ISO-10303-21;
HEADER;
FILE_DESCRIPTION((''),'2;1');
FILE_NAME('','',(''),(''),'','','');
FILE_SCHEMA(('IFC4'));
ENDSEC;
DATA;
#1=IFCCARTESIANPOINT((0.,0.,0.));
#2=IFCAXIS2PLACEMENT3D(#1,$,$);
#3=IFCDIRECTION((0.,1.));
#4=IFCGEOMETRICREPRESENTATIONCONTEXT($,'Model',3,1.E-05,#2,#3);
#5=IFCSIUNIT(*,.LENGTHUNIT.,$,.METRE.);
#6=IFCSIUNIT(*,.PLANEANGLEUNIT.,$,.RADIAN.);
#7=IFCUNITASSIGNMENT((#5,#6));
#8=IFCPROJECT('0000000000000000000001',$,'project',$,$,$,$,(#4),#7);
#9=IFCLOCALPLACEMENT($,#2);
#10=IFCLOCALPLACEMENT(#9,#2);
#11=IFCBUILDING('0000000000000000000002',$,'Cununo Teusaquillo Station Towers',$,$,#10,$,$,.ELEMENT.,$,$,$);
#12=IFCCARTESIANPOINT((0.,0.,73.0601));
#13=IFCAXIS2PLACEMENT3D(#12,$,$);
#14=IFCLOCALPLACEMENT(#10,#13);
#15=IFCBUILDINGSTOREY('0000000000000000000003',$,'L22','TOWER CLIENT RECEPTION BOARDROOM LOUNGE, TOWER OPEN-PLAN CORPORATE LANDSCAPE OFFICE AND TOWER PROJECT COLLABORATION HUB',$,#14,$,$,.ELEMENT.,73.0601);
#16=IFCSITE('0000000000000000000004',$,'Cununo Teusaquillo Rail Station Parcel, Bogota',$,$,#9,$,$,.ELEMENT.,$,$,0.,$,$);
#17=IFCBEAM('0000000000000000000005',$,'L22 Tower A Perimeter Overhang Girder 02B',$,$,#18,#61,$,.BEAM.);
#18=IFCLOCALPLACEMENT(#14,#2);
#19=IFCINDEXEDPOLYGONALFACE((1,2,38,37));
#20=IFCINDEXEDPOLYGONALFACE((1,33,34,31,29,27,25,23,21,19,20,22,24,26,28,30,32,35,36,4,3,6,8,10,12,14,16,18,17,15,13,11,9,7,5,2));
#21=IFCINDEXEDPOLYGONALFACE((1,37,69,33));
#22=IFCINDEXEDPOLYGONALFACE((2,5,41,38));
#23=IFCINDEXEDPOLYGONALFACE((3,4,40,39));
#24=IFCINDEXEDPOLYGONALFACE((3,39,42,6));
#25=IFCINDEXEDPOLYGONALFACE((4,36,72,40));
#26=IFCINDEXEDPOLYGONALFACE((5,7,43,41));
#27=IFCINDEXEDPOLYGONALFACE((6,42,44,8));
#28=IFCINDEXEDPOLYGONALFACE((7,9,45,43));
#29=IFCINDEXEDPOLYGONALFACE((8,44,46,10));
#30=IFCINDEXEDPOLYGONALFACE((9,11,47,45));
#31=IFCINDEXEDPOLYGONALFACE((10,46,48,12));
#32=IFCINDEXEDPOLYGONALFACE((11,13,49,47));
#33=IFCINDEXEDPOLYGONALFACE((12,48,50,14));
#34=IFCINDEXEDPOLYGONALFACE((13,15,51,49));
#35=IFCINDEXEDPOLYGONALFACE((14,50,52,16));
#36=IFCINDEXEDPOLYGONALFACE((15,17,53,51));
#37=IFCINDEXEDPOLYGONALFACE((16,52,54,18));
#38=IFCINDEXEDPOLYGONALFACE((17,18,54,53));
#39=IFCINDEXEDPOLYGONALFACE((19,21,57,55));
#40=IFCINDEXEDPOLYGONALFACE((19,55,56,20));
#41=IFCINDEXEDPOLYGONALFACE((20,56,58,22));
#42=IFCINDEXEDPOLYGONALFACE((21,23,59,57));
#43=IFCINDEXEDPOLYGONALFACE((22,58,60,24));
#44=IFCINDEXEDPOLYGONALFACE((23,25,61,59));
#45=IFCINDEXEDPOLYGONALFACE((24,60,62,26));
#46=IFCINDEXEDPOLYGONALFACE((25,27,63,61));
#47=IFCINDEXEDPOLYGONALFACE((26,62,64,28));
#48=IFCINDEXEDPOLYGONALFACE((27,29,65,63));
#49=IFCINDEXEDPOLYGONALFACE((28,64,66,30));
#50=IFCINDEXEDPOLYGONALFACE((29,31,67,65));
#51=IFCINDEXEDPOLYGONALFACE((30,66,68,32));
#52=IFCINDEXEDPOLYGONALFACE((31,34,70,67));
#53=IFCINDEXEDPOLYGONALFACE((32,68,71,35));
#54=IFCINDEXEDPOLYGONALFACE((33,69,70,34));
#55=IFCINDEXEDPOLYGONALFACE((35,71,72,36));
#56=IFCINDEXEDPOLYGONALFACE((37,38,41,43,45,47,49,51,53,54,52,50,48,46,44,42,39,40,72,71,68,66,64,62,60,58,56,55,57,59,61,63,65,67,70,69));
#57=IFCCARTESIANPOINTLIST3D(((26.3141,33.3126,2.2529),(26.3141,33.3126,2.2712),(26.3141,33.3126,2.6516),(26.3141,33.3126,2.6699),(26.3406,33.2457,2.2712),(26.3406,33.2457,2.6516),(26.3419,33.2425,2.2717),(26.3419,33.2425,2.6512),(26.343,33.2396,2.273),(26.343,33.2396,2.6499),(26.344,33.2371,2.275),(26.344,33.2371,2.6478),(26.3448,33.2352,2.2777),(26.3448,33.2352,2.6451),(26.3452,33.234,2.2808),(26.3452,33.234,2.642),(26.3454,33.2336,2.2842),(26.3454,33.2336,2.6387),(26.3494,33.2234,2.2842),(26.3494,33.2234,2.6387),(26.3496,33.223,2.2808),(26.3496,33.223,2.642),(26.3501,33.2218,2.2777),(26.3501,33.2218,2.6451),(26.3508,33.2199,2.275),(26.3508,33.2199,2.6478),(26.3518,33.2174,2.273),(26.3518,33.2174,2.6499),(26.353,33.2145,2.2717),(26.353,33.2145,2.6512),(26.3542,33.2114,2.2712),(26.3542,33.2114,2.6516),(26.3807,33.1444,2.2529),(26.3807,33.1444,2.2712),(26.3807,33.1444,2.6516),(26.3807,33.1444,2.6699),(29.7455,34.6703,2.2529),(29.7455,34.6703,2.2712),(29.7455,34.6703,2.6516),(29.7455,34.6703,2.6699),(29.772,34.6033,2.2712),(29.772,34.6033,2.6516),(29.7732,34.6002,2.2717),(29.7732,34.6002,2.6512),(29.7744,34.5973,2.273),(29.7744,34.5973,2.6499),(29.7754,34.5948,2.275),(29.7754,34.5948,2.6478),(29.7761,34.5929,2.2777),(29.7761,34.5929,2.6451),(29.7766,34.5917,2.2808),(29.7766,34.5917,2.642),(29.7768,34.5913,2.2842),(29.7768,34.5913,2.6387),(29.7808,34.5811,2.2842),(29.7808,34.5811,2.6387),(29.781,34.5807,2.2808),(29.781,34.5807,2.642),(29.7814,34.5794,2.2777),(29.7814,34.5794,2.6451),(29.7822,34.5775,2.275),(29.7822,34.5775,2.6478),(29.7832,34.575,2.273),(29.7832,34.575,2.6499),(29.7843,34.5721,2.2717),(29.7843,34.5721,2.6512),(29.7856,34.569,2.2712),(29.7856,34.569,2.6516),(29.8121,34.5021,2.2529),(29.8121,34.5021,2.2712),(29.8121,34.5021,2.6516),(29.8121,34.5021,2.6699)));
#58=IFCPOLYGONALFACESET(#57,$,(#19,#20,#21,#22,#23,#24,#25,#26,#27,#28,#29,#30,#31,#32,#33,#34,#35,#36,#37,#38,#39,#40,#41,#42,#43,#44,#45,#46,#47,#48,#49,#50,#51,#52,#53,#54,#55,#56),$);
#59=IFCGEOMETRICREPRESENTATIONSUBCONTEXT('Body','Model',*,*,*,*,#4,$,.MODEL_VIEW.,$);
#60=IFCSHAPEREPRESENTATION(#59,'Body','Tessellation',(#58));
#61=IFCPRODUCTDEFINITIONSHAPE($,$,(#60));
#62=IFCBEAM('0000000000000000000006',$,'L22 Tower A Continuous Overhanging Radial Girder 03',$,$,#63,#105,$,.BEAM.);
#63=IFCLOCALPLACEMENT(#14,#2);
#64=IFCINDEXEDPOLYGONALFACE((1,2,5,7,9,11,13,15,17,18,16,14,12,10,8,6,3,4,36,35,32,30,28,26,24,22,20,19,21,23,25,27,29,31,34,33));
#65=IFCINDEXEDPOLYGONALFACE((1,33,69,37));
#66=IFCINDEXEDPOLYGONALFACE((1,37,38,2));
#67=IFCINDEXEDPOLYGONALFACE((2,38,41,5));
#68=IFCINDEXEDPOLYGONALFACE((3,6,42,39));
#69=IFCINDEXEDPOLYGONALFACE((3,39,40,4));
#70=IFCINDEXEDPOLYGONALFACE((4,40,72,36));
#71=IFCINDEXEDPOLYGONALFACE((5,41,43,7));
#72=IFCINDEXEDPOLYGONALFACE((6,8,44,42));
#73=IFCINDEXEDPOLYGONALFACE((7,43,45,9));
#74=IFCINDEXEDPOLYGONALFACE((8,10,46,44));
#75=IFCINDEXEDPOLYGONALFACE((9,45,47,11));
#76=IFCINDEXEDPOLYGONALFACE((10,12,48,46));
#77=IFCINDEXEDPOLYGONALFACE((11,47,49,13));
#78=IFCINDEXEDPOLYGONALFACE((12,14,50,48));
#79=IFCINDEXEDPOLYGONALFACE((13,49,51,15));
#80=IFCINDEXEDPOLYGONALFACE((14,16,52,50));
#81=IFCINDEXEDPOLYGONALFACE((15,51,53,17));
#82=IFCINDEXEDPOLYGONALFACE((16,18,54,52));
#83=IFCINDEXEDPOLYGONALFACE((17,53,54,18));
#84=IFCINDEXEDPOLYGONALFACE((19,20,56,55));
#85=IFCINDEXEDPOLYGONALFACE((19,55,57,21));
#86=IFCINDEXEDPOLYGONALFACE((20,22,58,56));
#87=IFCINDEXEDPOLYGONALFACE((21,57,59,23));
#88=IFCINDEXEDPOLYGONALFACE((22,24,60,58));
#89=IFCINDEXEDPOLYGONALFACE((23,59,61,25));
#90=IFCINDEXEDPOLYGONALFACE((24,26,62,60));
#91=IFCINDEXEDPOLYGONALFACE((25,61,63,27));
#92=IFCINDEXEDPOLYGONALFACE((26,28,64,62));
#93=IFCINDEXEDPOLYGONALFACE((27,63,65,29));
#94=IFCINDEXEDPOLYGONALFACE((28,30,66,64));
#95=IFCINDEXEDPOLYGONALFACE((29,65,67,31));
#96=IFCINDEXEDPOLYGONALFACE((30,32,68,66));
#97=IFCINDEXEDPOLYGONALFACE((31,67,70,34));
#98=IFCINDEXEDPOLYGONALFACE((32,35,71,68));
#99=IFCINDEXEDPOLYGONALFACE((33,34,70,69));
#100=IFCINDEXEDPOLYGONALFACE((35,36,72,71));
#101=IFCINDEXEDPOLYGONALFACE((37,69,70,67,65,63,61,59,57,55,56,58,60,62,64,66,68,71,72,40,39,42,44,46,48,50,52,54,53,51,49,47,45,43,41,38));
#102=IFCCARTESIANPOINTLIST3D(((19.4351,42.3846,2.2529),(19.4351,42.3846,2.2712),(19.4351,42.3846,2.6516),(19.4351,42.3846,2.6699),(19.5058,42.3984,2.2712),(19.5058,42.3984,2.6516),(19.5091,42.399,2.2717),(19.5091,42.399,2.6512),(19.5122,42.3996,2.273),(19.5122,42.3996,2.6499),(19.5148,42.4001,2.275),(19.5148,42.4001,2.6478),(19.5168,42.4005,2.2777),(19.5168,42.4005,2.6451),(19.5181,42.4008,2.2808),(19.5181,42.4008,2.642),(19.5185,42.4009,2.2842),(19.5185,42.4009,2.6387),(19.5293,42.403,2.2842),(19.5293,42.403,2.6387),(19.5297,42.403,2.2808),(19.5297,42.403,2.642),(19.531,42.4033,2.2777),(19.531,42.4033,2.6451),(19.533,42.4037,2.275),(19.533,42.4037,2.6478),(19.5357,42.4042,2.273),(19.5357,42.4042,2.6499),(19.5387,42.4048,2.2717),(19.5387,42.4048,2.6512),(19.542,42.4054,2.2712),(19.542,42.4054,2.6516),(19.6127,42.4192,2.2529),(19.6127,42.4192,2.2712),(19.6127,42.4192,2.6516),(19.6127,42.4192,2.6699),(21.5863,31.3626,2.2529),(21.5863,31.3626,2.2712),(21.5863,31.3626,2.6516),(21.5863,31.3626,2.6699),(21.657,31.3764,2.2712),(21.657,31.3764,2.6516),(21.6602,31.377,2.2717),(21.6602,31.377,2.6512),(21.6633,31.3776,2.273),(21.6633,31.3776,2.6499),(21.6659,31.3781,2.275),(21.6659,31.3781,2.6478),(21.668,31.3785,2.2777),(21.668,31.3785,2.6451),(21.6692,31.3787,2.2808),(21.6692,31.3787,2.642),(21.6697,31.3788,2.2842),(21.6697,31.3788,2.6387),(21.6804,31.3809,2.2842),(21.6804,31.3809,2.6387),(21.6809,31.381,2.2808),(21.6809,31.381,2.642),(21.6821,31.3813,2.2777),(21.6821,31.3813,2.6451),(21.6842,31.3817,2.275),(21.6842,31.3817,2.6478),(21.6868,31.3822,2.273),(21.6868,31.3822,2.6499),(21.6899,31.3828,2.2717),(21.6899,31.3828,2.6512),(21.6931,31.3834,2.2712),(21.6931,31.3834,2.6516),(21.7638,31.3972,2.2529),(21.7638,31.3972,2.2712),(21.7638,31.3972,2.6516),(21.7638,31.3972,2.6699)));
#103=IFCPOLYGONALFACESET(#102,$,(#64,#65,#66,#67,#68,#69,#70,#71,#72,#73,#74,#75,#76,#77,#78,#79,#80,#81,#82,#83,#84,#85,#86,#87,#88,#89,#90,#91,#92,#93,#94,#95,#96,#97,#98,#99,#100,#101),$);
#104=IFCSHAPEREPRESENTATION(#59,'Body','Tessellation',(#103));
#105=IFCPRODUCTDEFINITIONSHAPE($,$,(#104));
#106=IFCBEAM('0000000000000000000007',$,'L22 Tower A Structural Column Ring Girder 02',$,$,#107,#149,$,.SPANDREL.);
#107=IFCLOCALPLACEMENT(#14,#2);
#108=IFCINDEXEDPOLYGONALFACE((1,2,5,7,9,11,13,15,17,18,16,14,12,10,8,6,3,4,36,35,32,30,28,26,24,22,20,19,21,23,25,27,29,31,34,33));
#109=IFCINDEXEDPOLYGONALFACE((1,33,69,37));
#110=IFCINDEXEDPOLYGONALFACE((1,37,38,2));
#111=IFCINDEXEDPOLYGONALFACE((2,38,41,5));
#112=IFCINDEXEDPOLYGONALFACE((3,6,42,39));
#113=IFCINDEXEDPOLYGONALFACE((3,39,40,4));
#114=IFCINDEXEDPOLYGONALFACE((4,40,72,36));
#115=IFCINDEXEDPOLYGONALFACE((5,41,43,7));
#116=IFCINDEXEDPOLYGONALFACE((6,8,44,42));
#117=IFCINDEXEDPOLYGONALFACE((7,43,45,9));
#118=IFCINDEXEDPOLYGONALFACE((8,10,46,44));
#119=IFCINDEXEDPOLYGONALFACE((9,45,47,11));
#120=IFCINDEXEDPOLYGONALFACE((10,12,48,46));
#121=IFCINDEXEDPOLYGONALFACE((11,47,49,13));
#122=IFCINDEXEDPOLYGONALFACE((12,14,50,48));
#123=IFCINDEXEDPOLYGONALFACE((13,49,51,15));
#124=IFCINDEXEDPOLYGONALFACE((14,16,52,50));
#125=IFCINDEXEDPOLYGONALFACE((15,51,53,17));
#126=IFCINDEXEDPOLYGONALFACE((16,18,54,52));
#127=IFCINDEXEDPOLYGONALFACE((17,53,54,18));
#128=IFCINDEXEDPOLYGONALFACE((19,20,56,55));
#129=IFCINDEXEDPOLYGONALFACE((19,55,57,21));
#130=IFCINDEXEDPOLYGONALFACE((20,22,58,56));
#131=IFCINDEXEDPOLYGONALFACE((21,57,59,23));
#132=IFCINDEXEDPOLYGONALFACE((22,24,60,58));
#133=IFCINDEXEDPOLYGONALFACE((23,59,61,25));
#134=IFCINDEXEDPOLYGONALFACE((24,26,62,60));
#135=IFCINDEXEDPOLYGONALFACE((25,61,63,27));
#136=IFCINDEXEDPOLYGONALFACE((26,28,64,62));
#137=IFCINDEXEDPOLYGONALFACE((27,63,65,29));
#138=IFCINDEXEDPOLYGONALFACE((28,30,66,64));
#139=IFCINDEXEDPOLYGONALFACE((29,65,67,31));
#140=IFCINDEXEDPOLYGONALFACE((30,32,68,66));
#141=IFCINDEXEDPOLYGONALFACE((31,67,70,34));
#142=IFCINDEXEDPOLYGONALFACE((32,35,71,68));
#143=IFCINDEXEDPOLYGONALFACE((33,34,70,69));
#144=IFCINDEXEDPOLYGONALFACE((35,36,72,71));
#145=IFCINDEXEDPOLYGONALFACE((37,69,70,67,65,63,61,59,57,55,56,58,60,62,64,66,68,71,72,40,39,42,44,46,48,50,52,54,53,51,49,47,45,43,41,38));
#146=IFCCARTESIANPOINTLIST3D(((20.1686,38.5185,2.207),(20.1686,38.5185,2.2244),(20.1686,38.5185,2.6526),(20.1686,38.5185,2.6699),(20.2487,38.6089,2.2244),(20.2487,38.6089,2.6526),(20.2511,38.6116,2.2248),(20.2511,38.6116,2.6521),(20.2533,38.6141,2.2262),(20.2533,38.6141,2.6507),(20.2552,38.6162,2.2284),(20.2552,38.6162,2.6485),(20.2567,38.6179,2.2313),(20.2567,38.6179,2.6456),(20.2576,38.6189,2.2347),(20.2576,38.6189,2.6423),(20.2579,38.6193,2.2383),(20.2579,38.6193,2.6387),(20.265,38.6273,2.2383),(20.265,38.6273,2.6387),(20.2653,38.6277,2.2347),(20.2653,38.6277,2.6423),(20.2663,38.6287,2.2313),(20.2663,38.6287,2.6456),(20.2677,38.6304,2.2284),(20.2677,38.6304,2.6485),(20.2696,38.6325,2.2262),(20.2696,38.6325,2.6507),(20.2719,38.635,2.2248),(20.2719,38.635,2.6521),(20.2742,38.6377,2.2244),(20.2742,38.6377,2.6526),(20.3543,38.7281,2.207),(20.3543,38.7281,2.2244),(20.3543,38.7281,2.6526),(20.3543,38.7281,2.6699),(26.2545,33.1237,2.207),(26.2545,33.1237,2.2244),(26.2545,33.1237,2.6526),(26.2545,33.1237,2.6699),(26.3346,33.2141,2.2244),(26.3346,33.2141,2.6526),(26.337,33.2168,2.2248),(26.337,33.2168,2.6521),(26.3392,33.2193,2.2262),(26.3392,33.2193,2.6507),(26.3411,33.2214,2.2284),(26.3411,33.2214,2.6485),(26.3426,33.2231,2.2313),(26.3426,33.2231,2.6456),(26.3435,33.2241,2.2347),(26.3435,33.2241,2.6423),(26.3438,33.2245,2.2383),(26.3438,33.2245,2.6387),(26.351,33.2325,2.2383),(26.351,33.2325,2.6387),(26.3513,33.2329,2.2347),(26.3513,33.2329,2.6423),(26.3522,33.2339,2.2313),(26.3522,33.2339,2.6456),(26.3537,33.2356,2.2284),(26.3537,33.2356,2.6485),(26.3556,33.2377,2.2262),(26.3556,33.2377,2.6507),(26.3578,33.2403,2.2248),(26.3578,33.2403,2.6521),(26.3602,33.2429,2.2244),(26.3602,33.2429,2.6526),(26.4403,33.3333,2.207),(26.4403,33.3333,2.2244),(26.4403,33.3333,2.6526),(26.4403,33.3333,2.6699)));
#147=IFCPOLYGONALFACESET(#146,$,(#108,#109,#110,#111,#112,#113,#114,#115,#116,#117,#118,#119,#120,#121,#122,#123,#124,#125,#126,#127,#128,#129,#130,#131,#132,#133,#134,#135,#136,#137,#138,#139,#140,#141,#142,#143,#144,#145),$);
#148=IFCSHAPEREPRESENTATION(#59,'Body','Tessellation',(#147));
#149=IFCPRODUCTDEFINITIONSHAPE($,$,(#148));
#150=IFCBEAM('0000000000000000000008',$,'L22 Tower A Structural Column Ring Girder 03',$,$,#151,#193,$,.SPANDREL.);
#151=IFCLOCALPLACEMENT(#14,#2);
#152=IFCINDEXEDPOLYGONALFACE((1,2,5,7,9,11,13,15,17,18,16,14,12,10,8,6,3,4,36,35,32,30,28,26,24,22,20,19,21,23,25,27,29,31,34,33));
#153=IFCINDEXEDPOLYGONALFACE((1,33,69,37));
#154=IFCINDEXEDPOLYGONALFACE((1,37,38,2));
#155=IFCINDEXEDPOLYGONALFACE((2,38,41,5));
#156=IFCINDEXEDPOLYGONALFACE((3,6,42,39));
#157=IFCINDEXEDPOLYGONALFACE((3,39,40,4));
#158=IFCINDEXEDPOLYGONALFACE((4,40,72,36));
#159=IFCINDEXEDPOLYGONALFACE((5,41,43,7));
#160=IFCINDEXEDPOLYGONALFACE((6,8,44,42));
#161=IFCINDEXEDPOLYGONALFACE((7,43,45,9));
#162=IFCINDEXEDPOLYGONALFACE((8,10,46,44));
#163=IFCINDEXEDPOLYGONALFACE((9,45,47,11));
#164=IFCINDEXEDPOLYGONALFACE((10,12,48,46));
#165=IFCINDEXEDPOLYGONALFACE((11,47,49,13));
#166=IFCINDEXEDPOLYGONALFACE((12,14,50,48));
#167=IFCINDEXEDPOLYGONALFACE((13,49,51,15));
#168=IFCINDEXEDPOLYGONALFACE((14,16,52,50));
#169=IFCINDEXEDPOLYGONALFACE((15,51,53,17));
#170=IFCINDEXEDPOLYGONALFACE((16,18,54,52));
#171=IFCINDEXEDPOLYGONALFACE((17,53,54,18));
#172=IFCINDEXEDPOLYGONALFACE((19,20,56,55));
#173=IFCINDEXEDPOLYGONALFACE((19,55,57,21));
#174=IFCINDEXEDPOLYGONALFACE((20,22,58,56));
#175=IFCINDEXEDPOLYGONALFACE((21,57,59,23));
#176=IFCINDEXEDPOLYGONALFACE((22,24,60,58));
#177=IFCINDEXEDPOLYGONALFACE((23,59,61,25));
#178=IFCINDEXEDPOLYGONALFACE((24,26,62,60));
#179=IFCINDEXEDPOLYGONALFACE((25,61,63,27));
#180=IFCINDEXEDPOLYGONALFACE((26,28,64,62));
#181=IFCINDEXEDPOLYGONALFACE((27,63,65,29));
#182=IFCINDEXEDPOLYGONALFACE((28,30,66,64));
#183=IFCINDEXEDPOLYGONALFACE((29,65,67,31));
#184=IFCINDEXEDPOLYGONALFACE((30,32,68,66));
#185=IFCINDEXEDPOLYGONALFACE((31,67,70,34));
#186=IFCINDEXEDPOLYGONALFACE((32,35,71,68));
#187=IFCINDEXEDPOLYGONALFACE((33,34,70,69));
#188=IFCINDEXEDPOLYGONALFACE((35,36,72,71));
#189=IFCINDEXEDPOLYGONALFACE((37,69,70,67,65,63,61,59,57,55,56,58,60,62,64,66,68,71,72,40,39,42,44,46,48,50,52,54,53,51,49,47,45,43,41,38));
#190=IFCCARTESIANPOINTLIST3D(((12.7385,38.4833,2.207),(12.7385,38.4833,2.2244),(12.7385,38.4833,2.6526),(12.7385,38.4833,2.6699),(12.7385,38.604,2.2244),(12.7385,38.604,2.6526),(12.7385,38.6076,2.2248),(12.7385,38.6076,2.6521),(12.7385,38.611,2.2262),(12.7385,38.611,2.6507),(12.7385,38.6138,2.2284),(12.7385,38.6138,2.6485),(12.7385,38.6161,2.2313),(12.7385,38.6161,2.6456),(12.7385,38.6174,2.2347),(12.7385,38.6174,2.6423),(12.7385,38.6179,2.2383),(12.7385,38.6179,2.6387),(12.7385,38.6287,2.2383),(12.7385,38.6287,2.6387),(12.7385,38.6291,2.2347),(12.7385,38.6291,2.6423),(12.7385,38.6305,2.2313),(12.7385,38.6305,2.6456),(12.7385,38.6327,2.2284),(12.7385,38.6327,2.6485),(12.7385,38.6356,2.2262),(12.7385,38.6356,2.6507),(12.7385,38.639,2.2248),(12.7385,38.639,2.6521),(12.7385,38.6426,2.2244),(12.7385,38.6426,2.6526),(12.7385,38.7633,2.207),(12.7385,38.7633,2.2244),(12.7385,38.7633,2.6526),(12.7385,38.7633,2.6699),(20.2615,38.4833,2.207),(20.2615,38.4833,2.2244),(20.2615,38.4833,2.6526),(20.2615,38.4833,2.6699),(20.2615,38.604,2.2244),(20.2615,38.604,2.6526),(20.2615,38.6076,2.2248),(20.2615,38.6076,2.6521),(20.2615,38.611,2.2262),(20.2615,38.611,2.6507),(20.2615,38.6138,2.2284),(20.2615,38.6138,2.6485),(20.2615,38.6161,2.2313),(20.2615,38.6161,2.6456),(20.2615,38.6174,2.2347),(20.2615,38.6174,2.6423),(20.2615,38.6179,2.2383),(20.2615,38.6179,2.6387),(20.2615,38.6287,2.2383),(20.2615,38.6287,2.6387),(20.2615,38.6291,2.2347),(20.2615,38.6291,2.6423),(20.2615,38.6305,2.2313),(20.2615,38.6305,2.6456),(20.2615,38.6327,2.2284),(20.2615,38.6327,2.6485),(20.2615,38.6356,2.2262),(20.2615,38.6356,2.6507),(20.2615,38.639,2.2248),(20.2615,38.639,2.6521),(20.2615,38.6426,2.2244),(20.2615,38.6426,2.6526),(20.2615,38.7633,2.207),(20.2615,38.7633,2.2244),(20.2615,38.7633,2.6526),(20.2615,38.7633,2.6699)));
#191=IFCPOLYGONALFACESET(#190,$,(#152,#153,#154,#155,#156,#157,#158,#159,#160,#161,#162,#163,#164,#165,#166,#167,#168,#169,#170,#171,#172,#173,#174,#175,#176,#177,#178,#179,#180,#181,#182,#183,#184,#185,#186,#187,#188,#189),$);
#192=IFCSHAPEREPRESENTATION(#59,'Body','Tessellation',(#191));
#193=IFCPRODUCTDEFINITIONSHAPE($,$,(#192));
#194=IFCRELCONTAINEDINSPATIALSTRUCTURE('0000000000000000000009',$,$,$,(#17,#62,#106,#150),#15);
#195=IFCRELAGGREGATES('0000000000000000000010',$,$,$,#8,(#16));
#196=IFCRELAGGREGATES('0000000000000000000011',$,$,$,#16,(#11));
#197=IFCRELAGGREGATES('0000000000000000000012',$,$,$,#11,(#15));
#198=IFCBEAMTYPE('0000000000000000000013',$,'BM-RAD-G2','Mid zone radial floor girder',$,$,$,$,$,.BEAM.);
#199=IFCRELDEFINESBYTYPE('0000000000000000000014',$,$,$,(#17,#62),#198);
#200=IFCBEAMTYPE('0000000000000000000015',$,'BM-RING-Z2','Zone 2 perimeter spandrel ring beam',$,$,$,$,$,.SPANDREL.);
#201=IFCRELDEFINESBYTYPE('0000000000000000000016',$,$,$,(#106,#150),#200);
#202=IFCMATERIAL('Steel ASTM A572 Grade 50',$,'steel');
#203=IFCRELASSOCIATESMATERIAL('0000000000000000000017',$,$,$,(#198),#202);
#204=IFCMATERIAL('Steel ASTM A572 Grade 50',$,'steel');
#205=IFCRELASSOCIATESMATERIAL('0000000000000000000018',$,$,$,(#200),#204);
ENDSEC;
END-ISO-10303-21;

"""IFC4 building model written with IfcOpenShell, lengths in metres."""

from ifc_helpers import new_model, si_unit, direction, frame, origin, origin_2d, place, context, subcontext, project, spatial, i_section, extrude, material, material_profile, profile_set, type_object, element, save


model = new_model("IFC4")

# Units and contexts
model_context = context("Model", 3, precision=1e-05, world=origin(), true_north=direction((0.0, 1.0)))
body_context = subcontext(model_context, "Body", "Model", "MODEL_VIEW")
ifc_project = project(units=[si_unit("LENGTHUNIT", "METRE"), si_unit("PLANEANGLEUNIT", "RADIAN")], contexts=[model_context])

# Site, building, storey
site_placement = place(None, origin())
site = spatial("IfcSite", under=ifc_project, at=site_placement, Name="Cununo Teusaquillo Rail Station Parcel, Bogota", CompositionType="ELEMENT", RefElevation=0.0)
building_placement = place(site_placement, origin())
building = spatial("IfcBuilding", under=site, at=building_placement, Name="Cununo Teusaquillo Station Towers", CompositionType="ELEMENT")
storey_placement = place(building_placement, frame((0.0, 0.0, 73.0601)))
storey = spatial("IfcBuildingStorey", under=building, at=storey_placement, Name="L22", Description="TOWER CLIENT RECEPTION BOARDROOM LOUNGE, TOWER OPEN-PLAN CORPORATE LANDSCAPE OFFICE AND TOWER PROJECT COLLABORATION HUB", CompositionType="ELEMENT", Elevation=73.0601)

# Beams
ifc_material_1 = material(Name="Steel ASTM A572 Grade 50", Category="steel")
ifc_material_profile_1 = material_profile(ifc_material_1, i_section(OverallWidth=0.1809, OverallDepth=0.417, WebThickness=0.011, FlangeThickness=0.0183, FilletRadius=0.0129, at=origin_2d()), Name="W16X57")
ifc_profile_set_1 = profile_set([ifc_material_profile_1], Name="Steel ASTM A572 Grade 50")
beam_type_1 = type_object("IfcBeamType", Name="BM-RAD-G2", Description="Mid zone radial floor girder", PredefinedType="BEAM", material=ifc_profile_set_1)
beam_1_placement = place(storey_placement, frame((26.3474, 33.2285, 2.4614), z_axis=(0.929862, 0.367909, 0.0), x_axis=(-0.367909, 0.929862, 0.0)))
element("IfcBeam", 1, at=beam_1_placement, inside=storey, type_object=beam_type_1, Name="L22 Tower A Perimeter Overhang Girder 02B", PredefinedType="BEAM", context=body_context, shape_type="SweptSolid", body=[
    extrude(i_section(OverallWidth=0.1809, OverallDepth=0.417, WebThickness=0.011, FlangeThickness=0.0183, FilletRadius=0.0129, at=origin_2d()), origin(), (0.0, 0.0, 1.0), 3.6902),
])
beam_2_placement = place(storey_placement, frame((21.675, 31.3799, 2.4614), z_axis=(-0.191553, 0.981482, 0.0), x_axis=(-0.981482, -0.191553, 0.0)))
element("IfcBeam", 2, at=beam_2_placement, inside=storey, type_object=beam_type_1, Name="L22 Tower A Continuous Overhanging Radial Girder 03", PredefinedType="BEAM", context=body_context, shape_type="SweptSolid", body=[
    extrude(i_section(OverallWidth=0.1809, OverallDepth=0.417, WebThickness=0.011, FlangeThickness=0.0183, FilletRadius=0.0129, at=origin_2d()), origin(), (0.0, 0.0, 1.0), 11.23),
])
ifc_material_2 = material(Name="Steel ASTM A572 Grade 50", Category="steel")
ifc_material_profile_2 = material_profile(ifc_material_2, i_section(OverallWidth=0.28, OverallDepth=0.4629, WebThickness=0.0107, FlangeThickness=0.0173, FilletRadius=0.0139, at=origin_2d()), Name="W18X76")
ifc_profile_set_2 = profile_set([ifc_material_profile_2], Name="Steel ASTM A572 Grade 50")
beam_type_2 = type_object("IfcBeamType", Name="BM-RING-Z2", Description="Zone 2 perimeter spandrel ring beam", PredefinedType="SPANDREL", material=ifc_profile_set_2)
beam_3_placement = place(storey_placement, frame((26.3474, 33.2285, 2.4385), z_axis=(-0.748321, 0.663337, 0.0), x_axis=(-0.663337, -0.748321, 0.0)))
element("IfcBeam", 3, at=beam_3_placement, inside=storey, type_object=beam_type_2, Name="L22 Tower A Structural Column Ring Girder 02", PredefinedType="SPANDREL", context=body_context, shape_type="SweptSolid", body=[
    extrude(i_section(OverallWidth=0.28, OverallDepth=0.4629, WebThickness=0.0107, FlangeThickness=0.0173, FilletRadius=0.0139, at=origin_2d()), origin(), (0.0, 0.0, 1.0), 8.1328),
])
beam_4_placement = place(storey_placement, frame((20.2615, 38.6233, 2.4385), z_axis=(-1.0, 0.0, 0.0), x_axis=(0.0, -1.0, 0.0)))
element("IfcBeam", 4, at=beam_4_placement, inside=storey, type_object=beam_type_2, Name="L22 Tower A Structural Column Ring Girder 03", PredefinedType="SPANDREL", context=body_context, shape_type="SweptSolid", body=[
    extrude(i_section(OverallWidth=0.28, OverallDepth=0.4629, WebThickness=0.0107, FlangeThickness=0.0173, FilletRadius=0.0139, at=origin_2d()), origin(), (0.0, 0.0, 1.0), 7.5229),
])

save(model, "model.ifc")
